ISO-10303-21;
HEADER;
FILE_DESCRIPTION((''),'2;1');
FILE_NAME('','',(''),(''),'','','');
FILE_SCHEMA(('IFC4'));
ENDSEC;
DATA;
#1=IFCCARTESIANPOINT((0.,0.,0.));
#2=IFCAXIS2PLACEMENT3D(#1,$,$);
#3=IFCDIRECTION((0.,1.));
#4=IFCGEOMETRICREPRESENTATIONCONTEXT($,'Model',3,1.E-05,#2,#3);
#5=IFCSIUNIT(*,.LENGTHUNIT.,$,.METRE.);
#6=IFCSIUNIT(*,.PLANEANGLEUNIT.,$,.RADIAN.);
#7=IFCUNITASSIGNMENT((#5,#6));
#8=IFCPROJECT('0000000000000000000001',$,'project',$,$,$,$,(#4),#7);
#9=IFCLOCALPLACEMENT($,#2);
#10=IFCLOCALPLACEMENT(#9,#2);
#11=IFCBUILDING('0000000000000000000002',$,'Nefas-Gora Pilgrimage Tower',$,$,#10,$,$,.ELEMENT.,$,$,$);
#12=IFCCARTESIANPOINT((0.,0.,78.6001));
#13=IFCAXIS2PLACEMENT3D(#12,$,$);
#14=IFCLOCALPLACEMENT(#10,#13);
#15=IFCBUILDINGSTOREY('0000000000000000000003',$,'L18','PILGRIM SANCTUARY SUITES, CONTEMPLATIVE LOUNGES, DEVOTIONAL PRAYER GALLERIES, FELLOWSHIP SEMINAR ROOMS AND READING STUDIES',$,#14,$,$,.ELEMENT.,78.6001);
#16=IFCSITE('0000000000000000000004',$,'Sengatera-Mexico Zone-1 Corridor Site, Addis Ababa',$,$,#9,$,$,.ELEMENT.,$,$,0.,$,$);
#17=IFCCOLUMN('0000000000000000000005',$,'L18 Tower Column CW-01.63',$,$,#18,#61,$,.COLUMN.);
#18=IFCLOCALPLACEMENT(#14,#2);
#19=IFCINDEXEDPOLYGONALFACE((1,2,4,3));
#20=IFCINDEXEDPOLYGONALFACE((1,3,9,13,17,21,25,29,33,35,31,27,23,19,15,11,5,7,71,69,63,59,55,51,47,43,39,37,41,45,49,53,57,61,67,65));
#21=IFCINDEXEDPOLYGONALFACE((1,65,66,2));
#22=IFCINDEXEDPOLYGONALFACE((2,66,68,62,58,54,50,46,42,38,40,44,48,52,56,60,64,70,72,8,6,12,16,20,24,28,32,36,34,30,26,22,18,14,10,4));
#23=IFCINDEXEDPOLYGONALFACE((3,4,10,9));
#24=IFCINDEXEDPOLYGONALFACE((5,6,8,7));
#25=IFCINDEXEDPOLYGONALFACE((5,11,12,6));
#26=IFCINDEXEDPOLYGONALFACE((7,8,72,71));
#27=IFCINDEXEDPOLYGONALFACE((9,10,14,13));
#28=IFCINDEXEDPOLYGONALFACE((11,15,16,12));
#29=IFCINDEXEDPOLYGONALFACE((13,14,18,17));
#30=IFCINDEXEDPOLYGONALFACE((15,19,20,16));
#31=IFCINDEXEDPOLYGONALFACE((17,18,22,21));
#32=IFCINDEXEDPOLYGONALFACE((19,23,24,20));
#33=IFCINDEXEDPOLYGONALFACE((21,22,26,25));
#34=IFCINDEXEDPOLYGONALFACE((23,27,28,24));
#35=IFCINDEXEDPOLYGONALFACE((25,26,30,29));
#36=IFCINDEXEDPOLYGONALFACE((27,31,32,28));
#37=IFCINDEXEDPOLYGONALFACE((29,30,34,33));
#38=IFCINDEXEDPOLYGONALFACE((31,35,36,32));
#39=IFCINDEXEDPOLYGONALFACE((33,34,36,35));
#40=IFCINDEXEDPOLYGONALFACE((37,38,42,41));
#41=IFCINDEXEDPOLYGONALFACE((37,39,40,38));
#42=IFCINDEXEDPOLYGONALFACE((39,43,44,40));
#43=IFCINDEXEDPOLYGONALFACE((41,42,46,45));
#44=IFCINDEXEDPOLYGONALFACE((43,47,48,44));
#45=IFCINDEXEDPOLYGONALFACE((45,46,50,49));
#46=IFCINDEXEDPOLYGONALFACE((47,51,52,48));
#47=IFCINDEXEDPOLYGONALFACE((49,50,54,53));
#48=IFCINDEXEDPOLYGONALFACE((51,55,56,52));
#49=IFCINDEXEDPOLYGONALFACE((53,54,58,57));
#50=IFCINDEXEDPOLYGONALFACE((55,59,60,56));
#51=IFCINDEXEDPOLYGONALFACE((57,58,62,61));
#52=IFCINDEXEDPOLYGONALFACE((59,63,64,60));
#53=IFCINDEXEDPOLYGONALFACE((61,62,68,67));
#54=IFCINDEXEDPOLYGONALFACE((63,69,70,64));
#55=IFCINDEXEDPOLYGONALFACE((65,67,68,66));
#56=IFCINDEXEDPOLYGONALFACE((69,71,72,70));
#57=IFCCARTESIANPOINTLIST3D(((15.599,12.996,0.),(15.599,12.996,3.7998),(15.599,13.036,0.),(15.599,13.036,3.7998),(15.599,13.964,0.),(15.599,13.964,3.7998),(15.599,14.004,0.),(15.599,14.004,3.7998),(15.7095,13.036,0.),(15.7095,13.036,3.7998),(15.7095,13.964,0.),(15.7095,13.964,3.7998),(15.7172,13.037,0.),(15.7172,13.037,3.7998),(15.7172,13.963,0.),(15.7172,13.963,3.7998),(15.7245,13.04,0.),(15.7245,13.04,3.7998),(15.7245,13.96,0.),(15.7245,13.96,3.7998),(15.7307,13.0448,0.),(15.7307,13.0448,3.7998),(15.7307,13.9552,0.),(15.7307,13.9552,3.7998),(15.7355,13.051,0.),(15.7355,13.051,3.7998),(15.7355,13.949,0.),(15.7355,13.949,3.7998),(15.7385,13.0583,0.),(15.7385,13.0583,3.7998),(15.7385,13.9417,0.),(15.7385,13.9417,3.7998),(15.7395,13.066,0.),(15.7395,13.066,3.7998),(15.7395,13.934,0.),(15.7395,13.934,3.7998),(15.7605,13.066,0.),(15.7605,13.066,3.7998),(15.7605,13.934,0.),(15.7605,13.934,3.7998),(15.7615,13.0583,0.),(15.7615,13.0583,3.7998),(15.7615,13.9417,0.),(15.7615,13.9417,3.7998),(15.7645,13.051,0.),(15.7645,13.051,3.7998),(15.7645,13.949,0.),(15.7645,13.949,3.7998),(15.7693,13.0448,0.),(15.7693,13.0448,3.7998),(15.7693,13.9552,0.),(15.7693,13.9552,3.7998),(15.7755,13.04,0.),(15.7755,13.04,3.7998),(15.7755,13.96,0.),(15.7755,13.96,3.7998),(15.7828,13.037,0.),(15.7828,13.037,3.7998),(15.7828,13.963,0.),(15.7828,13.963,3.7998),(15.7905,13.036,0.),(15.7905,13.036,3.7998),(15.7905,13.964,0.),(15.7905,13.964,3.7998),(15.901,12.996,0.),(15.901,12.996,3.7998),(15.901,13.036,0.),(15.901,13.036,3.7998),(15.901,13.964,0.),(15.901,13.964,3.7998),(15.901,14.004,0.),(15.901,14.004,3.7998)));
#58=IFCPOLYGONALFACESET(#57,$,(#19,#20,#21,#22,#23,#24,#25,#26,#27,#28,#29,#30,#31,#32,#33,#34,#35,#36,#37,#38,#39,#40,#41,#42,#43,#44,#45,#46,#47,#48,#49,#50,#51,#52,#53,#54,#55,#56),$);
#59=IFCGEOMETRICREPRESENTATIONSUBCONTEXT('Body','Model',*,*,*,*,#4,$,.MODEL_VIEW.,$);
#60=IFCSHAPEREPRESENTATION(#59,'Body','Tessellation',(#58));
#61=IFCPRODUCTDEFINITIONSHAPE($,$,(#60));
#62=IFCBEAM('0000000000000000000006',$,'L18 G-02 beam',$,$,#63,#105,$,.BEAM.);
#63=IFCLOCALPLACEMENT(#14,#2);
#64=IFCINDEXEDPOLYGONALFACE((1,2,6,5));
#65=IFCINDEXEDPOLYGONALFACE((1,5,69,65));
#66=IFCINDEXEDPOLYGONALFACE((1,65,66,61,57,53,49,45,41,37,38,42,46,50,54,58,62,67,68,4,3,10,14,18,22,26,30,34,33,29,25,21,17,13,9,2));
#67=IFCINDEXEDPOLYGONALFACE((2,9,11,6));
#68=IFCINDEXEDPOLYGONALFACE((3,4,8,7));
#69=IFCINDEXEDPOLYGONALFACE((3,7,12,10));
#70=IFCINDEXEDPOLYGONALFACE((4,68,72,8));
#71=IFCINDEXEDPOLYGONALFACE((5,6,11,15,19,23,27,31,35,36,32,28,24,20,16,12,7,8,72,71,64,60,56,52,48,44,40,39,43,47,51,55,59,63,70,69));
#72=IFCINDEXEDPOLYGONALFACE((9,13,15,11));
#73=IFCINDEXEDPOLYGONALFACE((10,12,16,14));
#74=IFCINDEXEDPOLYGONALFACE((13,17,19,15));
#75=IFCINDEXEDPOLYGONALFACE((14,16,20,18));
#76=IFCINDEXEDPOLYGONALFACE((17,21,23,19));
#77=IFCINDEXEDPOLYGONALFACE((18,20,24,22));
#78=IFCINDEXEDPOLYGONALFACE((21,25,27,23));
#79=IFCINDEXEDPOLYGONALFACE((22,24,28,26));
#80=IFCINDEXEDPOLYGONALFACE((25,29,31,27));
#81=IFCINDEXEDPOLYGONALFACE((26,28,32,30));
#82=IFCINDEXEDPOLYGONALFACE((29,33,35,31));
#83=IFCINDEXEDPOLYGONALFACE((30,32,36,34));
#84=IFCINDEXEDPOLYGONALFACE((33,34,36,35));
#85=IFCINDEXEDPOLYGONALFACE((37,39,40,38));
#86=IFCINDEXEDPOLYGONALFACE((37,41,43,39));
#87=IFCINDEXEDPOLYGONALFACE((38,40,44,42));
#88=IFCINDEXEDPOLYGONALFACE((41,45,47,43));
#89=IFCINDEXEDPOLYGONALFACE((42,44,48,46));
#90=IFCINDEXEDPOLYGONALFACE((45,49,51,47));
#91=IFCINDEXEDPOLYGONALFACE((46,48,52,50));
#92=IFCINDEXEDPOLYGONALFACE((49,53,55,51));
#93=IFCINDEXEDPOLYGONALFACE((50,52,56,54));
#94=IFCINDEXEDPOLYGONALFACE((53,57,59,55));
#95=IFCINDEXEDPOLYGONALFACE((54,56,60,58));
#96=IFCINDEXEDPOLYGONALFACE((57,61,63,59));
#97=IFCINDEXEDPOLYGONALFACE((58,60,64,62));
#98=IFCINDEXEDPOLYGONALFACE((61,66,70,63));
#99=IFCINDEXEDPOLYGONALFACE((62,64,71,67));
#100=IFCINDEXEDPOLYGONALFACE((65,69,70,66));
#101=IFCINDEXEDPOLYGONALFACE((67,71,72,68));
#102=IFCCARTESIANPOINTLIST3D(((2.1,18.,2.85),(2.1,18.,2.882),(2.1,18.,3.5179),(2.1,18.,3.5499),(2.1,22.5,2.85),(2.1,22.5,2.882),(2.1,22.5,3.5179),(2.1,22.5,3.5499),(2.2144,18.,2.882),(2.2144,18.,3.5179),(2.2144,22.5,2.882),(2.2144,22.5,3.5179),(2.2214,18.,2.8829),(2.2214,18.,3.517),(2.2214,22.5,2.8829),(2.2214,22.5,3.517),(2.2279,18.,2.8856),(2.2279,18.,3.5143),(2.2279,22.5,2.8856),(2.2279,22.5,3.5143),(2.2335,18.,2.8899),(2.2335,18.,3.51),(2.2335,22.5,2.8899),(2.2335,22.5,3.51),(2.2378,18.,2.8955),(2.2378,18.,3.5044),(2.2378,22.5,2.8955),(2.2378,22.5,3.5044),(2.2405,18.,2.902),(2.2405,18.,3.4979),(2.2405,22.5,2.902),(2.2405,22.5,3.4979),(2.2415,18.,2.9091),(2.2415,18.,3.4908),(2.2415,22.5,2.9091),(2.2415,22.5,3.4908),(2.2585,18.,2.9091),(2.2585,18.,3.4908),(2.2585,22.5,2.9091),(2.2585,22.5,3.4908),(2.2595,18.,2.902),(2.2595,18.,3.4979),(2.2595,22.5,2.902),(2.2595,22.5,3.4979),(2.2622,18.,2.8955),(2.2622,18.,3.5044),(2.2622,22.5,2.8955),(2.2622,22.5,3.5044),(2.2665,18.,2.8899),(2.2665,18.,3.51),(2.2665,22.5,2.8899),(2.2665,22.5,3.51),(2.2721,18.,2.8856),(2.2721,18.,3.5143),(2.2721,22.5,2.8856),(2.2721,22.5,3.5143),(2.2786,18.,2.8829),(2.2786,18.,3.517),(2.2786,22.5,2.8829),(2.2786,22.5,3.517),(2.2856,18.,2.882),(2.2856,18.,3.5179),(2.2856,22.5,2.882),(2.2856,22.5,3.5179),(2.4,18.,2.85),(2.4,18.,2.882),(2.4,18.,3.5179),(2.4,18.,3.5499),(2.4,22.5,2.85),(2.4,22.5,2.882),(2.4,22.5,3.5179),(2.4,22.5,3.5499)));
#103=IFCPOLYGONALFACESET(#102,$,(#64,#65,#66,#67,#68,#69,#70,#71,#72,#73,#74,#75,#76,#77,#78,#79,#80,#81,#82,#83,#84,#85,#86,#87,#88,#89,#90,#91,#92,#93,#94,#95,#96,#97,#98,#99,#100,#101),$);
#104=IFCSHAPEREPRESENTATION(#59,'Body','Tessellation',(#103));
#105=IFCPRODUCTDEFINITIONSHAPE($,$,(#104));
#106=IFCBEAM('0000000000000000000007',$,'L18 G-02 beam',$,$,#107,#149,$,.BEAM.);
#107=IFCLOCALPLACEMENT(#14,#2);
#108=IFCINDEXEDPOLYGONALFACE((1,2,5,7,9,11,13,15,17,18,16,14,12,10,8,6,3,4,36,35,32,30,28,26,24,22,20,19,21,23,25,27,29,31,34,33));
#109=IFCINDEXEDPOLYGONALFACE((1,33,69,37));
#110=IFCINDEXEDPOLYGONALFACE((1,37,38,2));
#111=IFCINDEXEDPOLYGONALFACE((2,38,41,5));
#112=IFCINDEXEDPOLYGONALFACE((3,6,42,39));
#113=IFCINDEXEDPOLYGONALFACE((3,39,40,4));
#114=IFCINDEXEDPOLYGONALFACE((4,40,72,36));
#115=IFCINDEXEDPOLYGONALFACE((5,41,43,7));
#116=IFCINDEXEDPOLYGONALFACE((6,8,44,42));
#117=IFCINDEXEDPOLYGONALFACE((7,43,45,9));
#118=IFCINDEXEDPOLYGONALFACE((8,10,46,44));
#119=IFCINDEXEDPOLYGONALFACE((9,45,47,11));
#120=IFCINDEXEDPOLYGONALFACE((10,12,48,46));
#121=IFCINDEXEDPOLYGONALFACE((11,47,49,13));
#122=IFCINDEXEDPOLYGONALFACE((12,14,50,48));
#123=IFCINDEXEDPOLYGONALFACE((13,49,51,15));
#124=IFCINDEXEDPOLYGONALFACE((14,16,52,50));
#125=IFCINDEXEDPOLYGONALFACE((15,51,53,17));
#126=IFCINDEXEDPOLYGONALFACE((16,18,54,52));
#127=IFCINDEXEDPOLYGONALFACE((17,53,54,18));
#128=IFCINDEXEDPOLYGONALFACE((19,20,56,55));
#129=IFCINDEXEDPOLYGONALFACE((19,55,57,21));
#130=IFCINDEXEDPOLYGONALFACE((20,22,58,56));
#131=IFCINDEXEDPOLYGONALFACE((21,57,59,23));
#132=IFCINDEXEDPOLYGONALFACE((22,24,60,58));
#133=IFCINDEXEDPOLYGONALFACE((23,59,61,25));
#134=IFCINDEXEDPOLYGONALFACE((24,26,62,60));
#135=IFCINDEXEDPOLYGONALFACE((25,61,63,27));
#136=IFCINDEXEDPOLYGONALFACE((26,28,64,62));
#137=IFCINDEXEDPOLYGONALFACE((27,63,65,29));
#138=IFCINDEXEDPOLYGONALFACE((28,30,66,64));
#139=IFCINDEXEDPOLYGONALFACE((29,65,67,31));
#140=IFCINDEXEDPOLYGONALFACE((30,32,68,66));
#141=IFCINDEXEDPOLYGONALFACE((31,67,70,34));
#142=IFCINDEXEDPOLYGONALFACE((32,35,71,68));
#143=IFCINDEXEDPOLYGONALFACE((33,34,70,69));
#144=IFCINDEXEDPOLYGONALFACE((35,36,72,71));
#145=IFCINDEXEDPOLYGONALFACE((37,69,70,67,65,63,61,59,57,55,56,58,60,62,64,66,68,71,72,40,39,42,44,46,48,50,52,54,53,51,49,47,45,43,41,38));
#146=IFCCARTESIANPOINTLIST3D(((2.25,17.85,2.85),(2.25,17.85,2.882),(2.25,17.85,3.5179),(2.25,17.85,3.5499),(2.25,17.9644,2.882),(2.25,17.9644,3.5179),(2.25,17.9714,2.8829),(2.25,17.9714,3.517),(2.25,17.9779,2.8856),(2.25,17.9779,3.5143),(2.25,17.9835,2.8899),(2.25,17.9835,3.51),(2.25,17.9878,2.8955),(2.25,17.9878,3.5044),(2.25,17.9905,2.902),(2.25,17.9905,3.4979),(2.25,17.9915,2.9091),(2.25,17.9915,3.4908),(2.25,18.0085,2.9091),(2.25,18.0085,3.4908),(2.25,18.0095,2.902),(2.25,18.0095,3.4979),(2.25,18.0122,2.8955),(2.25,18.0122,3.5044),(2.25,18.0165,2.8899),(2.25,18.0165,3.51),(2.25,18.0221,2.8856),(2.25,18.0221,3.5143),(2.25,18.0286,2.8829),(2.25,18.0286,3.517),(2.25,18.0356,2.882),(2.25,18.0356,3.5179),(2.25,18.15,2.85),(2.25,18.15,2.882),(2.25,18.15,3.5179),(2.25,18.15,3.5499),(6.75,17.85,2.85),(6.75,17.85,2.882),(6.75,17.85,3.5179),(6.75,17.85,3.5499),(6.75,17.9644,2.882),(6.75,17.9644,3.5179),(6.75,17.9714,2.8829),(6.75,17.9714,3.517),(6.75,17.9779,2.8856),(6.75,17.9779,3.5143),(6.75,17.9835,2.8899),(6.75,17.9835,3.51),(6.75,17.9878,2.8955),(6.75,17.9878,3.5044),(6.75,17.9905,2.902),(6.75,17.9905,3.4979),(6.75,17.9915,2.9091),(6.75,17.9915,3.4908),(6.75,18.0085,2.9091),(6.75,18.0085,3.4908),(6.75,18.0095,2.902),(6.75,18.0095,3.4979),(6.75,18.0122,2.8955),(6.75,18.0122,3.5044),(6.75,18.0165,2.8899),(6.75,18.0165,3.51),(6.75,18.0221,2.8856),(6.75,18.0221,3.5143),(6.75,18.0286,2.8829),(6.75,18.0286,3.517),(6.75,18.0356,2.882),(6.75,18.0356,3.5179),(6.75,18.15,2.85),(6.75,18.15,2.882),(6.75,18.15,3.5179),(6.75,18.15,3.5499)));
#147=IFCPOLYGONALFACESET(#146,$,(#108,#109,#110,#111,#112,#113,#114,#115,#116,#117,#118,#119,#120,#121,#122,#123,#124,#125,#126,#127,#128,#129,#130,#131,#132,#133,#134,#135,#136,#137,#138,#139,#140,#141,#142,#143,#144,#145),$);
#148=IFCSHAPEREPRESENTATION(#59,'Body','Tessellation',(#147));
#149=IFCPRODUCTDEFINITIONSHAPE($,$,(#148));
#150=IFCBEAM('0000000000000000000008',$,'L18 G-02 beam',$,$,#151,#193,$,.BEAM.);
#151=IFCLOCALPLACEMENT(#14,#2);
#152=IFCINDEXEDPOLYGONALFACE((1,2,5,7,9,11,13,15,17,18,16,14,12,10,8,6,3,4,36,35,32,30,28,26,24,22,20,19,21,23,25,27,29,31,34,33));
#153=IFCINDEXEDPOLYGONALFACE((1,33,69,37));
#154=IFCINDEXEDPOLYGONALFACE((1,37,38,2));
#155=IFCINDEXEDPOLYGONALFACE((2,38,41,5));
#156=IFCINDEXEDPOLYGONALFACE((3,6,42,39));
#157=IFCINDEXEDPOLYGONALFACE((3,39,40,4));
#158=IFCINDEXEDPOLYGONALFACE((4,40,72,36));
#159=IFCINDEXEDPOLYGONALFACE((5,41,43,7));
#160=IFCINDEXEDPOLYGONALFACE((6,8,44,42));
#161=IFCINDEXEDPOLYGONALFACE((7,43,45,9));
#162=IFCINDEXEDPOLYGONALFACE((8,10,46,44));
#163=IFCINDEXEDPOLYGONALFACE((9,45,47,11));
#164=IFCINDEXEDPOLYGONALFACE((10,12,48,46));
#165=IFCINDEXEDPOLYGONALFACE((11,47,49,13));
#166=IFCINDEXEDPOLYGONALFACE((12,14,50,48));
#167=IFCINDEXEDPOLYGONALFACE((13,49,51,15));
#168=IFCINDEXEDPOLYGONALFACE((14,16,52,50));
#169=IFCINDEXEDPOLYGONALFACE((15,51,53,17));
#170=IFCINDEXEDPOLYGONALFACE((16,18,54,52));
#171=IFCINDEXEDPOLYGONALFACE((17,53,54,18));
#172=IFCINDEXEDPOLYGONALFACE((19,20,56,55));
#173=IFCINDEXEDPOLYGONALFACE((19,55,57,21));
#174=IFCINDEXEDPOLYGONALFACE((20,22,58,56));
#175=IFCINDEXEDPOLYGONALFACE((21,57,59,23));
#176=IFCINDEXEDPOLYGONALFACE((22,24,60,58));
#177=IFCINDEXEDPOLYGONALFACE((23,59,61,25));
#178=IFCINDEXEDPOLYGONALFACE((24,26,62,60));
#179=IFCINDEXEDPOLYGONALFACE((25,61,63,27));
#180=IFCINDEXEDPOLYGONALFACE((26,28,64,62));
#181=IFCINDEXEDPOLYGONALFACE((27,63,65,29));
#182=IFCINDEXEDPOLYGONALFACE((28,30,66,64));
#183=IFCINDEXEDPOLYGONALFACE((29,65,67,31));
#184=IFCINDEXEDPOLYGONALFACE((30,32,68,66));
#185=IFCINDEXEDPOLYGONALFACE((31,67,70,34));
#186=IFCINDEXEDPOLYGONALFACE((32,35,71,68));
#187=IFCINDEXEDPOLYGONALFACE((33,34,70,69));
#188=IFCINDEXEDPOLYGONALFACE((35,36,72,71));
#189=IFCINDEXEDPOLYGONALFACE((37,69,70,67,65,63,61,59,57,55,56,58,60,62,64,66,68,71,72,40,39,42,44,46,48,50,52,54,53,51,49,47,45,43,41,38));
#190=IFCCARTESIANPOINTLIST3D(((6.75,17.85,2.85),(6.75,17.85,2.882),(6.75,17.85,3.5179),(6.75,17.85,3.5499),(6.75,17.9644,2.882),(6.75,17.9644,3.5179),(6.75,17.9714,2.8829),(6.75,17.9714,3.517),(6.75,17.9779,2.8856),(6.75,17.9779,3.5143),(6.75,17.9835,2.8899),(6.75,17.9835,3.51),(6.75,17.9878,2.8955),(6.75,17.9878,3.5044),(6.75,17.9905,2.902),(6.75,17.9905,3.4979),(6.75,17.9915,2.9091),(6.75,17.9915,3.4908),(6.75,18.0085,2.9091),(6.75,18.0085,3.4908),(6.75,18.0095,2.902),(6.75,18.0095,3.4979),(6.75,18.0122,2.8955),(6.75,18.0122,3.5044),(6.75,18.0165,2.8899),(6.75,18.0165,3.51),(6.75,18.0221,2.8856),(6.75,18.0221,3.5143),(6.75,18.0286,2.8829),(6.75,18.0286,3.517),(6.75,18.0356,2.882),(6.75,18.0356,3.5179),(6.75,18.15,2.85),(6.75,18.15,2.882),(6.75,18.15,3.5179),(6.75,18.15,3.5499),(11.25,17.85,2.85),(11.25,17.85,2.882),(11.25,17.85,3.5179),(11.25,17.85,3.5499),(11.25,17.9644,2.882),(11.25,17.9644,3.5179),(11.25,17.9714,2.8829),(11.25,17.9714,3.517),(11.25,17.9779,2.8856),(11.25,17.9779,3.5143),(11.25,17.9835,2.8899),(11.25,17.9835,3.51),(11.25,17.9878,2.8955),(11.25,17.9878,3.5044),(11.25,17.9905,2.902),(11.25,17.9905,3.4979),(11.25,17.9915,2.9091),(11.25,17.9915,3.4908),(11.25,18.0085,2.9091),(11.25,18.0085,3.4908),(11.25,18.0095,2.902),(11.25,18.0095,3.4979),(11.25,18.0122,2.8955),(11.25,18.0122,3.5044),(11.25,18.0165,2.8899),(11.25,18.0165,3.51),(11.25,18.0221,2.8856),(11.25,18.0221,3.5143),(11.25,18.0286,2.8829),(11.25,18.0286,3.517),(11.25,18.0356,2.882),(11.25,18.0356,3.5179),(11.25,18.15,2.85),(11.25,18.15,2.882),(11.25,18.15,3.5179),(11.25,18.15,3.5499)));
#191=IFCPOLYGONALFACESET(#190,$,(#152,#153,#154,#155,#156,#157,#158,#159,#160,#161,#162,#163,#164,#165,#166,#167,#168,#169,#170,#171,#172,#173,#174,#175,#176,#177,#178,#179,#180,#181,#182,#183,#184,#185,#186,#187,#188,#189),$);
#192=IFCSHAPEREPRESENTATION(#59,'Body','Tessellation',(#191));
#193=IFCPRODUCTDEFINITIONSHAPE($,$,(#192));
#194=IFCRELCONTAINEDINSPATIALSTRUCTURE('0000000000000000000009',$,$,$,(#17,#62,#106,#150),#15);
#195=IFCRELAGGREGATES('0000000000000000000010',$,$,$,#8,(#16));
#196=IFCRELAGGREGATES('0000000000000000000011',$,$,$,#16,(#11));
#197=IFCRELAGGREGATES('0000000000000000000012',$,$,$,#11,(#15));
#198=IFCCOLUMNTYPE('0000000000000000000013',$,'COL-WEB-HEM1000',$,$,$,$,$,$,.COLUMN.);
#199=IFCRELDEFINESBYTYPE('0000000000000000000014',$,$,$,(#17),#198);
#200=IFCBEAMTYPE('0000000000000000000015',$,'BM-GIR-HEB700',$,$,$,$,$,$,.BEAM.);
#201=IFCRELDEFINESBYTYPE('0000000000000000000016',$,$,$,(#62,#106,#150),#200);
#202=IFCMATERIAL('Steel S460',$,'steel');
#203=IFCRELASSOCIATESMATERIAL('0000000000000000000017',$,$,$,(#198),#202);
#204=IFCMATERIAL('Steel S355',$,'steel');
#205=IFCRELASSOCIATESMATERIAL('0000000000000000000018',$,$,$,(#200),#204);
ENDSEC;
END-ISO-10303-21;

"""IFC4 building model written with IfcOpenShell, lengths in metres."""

from ifc_helpers import new_model, si_unit, direction, frame, origin, origin_2d, place, context, subcontext, project, spatial, i_section, extrude, source, transform, mapped, material, material_profile, profile_set, type_object, element, save


model = new_model("IFC4")

# Units and contexts
model_context = context("Model", 3, precision=1e-05, world=origin(), true_north=direction((0.0, 1.0)))
body_context = subcontext(model_context, "Body", "Model", "MODEL_VIEW")
ifc_project = project(units=[si_unit("LENGTHUNIT", "METRE"), si_unit("PLANEANGLEUNIT", "RADIAN")], contexts=[model_context])

# Site, building, storey
site_placement = place(None, origin())
site = spatial("IfcSite", under=ifc_project, at=site_placement, Name="Sengatera-Mexico Zone-1 Corridor Site, Addis Ababa", CompositionType="ELEMENT", RefElevation=0.0)
building_placement = place(site_placement, origin())
building = spatial("IfcBuilding", under=site, at=building_placement, Name="Nefas-Gora Pilgrimage Tower", CompositionType="ELEMENT")
storey_placement = place(building_placement, frame((0.0, 0.0, 78.6001)))
storey = spatial("IfcBuildingStorey", under=building, at=storey_placement, Name="L18", Description="PILGRIM SANCTUARY SUITES, CONTEMPLATIVE LOUNGES, DEVOTIONAL PRAYER GALLERIES, FELLOWSHIP SEMINAR ROOMS AND READING STUDIES", CompositionType="ELEMENT", Elevation=78.6001)

# Column
ifc_material_1 = material(Name="Steel S460", Category="steel")
ifc_material_profile_1 = material_profile(ifc_material_1, i_section(OverallWidth=0.302, OverallDepth=1.0081, WebThickness=0.021, FlangeThickness=0.04, FilletRadius=0.03, at=origin_2d()), Name="HEM 1000")
ifc_profile_set_1 = profile_set([ifc_material_profile_1], Name="Steel S460")
column_type_1 = type_object("IfcColumnType", Name="COL-WEB-HEM1000", PredefinedType="COLUMN", material=ifc_profile_set_1)
shared_shape_1 = source(origin(), body_context, "Body", "SweptSolid", [
    extrude(i_section(OverallWidth=0.302, OverallDepth=1.0081, WebThickness=0.021, FlangeThickness=0.04, FilletRadius=0.03, at=origin_2d()), origin(), (0.0, 0.0, 1.0), 3.7998),
])
for number, where, z_axis, x_axis, name in (
    (1, (15.75, 13.5, 0.0), (0.0, 0.0, 1.0), (1.0, 0.0, 0.0), "L18 Tower Column CW-01.63"),
):
    element("IfcColumn", number, at=place(storey_placement, frame(where, z_axis=z_axis, x_axis=x_axis)), inside=storey, type_object=column_type_1, Name=name, PredefinedType="COLUMN", context=body_context, shape_type="MappedRepresentation", body=[
        mapped(shared_shape_1, transform((0.0, 0.0, 0.0), x_axis=(1.0, 0.0, 0.0), y_axis=(0.0, 1.0, 0.0), z_axis=(0.0, 0.0, 1.0), scale=1.0)),
    ])

# Beams
ifc_material_2 = material(Name="Steel S355", Category="steel")
ifc_material_profile_2 = material_profile(ifc_material_2, i_section(OverallWidth=0.3, OverallDepth=0.7, WebThickness=0.0171, FlangeThickness=0.032, FilletRadius=0.0271, at=origin_2d()), Name="HEB 700")
ifc_profile_set_2 = profile_set([ifc_material_profile_2], Name="Steel S355")
beam_type_1 = type_object("IfcBeamType", Name="BM-GIR-HEB700", PredefinedType="BEAM", material=ifc_profile_set_2)
shared_shape_2 = source(origin(), body_context, "Body", "SweptSolid", [
    extrude(i_section(OverallWidth=0.3, OverallDepth=0.7, WebThickness=0.0171, FlangeThickness=0.032, FilletRadius=0.0271, at=origin_2d()), origin(), (0.0, 0.0, 1.0), 4.5),
])
for number, where, z_axis, x_axis, name in (
    (2, (2.25, 18.0, 3.2), (0.0, 1.0, 0.0), (-1.0, 0.0, 0.0), "L18 G-02 beam"),
    (3, (2.25, 18.0, 3.2), (1.0, 0.0, 0.0), (0.0, 1.0, 0.0), "L18 G-02 beam"),
    (4, (6.75, 18.0, 3.2), (1.0, 0.0, 0.0), (0.0, 1.0, 0.0), "L18 G-02 beam"),
):
    element("IfcBeam", number, at=place(storey_placement, frame(where, z_axis=z_axis, x_axis=x_axis)), inside=storey, type_object=beam_type_1, Name=name, PredefinedType="BEAM", context=body_context, shape_type="MappedRepresentation", body=[
        mapped(shared_shape_2, transform((0.0, 0.0, 0.0), x_axis=(1.0, 0.0, 0.0), y_axis=(0.0, 1.0, 0.0), z_axis=(0.0, 0.0, 1.0), scale=1.0)),
    ])

save(model, "model.ifc")
